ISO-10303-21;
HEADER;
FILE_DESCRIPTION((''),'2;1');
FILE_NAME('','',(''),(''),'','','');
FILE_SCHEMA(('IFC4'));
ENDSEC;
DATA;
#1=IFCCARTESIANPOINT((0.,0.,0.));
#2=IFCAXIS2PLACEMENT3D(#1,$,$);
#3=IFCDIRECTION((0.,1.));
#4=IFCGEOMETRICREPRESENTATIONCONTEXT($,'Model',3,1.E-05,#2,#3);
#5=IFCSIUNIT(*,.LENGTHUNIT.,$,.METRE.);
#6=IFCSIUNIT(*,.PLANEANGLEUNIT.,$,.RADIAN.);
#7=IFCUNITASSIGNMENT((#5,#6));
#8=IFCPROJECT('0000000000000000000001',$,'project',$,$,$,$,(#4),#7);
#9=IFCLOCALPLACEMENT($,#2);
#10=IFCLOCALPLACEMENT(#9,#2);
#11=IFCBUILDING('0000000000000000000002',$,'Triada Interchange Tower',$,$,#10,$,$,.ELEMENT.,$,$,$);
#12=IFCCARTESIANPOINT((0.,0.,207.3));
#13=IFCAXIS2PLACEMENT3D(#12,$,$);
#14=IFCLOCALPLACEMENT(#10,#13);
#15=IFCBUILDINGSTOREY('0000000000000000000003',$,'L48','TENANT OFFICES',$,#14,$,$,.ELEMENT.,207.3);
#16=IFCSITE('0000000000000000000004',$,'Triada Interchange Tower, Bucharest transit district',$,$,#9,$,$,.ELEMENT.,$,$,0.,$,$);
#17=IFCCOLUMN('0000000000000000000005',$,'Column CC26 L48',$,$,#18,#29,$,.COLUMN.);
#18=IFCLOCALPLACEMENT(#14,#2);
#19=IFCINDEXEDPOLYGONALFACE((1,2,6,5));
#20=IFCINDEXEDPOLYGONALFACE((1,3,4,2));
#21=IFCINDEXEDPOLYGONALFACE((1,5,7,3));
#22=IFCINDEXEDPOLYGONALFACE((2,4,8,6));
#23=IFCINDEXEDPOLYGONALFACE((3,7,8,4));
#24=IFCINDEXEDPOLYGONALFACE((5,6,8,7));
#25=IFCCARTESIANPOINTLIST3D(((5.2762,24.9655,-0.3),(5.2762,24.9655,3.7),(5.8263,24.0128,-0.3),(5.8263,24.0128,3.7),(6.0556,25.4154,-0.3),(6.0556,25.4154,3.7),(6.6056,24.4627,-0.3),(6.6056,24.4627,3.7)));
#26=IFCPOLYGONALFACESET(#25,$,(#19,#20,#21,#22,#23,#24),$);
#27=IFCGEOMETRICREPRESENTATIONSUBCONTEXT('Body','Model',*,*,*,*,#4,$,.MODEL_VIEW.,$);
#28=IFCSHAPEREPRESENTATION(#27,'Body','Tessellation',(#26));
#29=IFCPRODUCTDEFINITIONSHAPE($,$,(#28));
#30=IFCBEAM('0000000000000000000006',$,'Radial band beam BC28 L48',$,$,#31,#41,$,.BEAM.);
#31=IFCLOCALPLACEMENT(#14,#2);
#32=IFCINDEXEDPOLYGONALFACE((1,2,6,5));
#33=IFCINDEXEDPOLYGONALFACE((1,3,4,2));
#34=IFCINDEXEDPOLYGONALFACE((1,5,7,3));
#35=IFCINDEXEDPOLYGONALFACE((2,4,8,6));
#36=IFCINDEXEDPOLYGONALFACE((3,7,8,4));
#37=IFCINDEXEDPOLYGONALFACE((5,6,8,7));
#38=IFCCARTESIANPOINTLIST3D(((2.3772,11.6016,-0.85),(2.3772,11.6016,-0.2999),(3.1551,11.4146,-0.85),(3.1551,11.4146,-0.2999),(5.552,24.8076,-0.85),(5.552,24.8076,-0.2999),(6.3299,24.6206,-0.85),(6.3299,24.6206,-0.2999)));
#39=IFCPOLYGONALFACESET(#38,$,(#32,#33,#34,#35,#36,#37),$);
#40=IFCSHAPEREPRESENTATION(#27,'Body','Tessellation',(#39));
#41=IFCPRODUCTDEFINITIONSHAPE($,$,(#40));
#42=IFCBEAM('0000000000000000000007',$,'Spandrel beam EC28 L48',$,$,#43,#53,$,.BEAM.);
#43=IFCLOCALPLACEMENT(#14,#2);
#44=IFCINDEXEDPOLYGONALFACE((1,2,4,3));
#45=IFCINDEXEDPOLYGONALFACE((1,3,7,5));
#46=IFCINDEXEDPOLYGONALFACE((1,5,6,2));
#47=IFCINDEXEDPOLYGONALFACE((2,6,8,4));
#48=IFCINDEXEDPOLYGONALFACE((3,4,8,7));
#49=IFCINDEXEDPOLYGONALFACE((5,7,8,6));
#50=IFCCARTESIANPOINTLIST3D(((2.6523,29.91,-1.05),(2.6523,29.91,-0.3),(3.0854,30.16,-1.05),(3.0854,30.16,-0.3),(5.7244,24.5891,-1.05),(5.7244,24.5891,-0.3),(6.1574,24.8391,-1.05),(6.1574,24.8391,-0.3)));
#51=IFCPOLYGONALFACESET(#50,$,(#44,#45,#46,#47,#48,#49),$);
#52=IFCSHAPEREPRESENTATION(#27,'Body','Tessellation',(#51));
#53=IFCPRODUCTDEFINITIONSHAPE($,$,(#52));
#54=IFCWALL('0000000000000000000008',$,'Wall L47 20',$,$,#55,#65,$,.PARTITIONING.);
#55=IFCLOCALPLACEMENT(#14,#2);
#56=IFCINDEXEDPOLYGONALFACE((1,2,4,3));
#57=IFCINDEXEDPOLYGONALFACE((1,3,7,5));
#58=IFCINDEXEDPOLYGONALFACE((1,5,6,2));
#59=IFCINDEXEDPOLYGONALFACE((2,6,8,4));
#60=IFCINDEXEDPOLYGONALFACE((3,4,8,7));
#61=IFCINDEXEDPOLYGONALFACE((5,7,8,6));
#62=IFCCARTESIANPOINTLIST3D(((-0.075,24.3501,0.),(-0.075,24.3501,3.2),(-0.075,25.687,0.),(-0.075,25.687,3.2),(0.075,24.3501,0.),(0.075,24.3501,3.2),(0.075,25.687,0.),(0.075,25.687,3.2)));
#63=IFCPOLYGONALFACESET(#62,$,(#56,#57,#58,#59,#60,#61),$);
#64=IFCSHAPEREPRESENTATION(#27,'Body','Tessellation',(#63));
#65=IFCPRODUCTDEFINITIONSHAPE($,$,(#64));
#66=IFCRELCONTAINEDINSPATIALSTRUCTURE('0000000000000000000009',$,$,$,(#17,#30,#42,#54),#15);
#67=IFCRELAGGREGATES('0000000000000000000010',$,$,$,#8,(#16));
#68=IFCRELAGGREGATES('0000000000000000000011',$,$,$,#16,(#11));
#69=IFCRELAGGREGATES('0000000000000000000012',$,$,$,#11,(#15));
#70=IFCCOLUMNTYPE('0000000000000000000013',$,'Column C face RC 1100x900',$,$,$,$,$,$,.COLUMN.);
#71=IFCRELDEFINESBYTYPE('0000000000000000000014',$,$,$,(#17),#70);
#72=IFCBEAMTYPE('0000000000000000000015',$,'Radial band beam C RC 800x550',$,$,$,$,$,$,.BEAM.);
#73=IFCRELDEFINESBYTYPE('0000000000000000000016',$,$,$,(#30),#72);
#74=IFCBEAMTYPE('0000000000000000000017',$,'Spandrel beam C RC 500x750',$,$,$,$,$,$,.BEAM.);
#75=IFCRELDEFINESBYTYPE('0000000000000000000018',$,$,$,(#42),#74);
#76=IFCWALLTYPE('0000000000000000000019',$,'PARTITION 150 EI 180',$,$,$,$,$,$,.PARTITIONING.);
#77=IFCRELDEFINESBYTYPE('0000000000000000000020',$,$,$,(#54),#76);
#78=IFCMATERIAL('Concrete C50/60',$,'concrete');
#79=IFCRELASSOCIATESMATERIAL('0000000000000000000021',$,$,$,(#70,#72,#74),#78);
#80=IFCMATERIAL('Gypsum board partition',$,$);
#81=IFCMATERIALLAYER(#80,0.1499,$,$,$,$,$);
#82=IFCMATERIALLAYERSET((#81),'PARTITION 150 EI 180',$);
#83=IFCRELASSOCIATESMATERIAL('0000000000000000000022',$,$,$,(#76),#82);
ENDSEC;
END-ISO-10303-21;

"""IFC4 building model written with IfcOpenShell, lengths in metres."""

from ifc_helpers import new_model, si_unit, direction, frame, frame_2d, origin, origin_2d, place, context, subcontext, project, spatial, rectangle, extrude, material, layer, layer_set, material_profile, profile_set, type_object, element, save


model = new_model("IFC4")

# Units and contexts
model_context = context("Model", 3, precision=1e-05, world=origin(), true_north=direction((0.0, 1.0)))
body_context = subcontext(model_context, "Body", "Model", "MODEL_VIEW")
ifc_project = project(units=[si_unit("LENGTHUNIT", "METRE"), si_unit("PLANEANGLEUNIT", "RADIAN")], contexts=[model_context])

# Site, building, storey
site_placement = place(None, origin())
site = spatial("IfcSite", under=ifc_project, at=site_placement, Name="Triada Interchange Tower, Bucharest transit district", CompositionType="ELEMENT", RefElevation=0.0)
building_placement = place(site_placement, origin())
building = spatial("IfcBuilding", under=site, at=building_placement, Name="Triada Interchange Tower", CompositionType="ELEMENT")
storey_placement = place(building_placement, frame((0.0, 0.0, 207.3)))
storey = spatial("IfcBuildingStorey", under=building, at=storey_placement, Name="L48", Description="TENANT OFFICES", CompositionType="ELEMENT", Elevation=207.3)

# Column
ifc_material_1 = material(Name="Concrete C50/60", Category="concrete")
ifc_material_profile_1 = material_profile(ifc_material_1, rectangle(XDim=1.1001, YDim=0.8999, at=origin_2d()), Name="RC 1100x900")
ifc_profile_set_1 = profile_set([ifc_material_profile_1], Name="Concrete C50/60")
column_type = type_object("IfcColumnType", Name="Column C face RC 1100x900", PredefinedType="COLUMN", material=ifc_profile_set_1)
column_placement = place(storey_placement, frame((5.9409, 24.7141, -0.3), z_axis=(0.0, 0.0, 1.0), x_axis=(-0.5, 0.866025, 0.0)))
element("IfcColumn", 1, at=column_placement, inside=storey, type_object=column_type, Name="Column CC26 L48", PredefinedType="COLUMN", context=body_context, shape_type="SweptSolid", body=[
    extrude(rectangle(XDim=1.1001, YDim=0.8999, at=origin_2d()), origin(), (0.0, 0.0, 1.0), 4.0),
])

# Beams
ifc_material_profile_2 = material_profile(ifc_material_1, rectangle(XDim=0.8, YDim=0.55, at=origin_2d()), Name="RC 800x550")
ifc_profile_set_2 = profile_set([ifc_material_profile_2], Name="Concrete C50/60")
beam_type_1 = type_object("IfcBeamType", Name="Radial band beam C RC 800x550", PredefinedType="BEAM", material=ifc_profile_set_2)
beam_1_placement = place(storey_placement, frame((5.9409, 24.7141, -0.575), z_axis=(-0.233745, -0.972298, 0.0), x_axis=(0.972298, -0.233745, 0.0)))
element("IfcBeam", 2, at=beam_1_placement, inside=storey, type_object=beam_type_1, Name="Radial band beam BC28 L48", PredefinedType="BEAM", context=body_context, shape_type="SweptSolid", body=[
    extrude(rectangle(XDim=0.8, YDim=0.55, at=origin_2d()), origin(), (0.0, 0.0, 1.0), 13.5823),
])
ifc_material_profile_3 = material_profile(ifc_material_1, rectangle(XDim=0.5, YDim=0.75, at=origin_2d()), Name="RC 500x750")
ifc_profile_set_3 = profile_set([ifc_material_profile_3], Name="Concrete C50/60")
beam_type_2 = type_object("IfcBeamType", Name="Spandrel beam C RC 500x750", PredefinedType="BEAM", material=ifc_profile_set_3)
beam_2_placement = place(storey_placement, frame((5.9409, 24.7141, -0.675), z_axis=(-0.500007, 0.866021, 0.0), x_axis=(-0.866021, -0.500007, 0.0)))
element("IfcBeam", 3, at=beam_2_placement, inside=storey, type_object=beam_type_2, Name="Spandrel beam EC28 L48", PredefinedType="BEAM", context=body_context, shape_type="SweptSolid", body=[
    extrude(rectangle(XDim=0.5, YDim=0.75, at=origin_2d()), origin(), (0.0, 0.0, 1.0), 6.144),
])

# Wall
ifc_material_2 = material(Name="Gypsum board partition")
ifc_layer_1 = layer(ifc_material_2, 0.1499)
ifc_layer_set_1 = layer_set([ifc_layer_1], Name="PARTITION 150 EI 180")
wall_type_1 = type_object("IfcWallType", Name="PARTITION 150 EI 180", PredefinedType="PARTITIONING", material=ifc_layer_set_1)
wall_1_placement = place(storey_placement, frame((0.0, 24.3501, 0.0), z_axis=(0.0, 0.0, 1.0), x_axis=(0.0, 1.0, 0.0)))
element("IfcWall", 4, at=wall_1_placement, inside=storey, type_object=wall_type_1, Name="Wall L47 20", PredefinedType="PARTITIONING", context=body_context, shape_type="SweptSolid", body=[
    extrude(rectangle(XDim=1.3369, YDim=0.1499, at=frame_2d((0.6685, 0.0))), origin(), (0.0, 0.0, 1.0), 3.2),
])

save(model, "model.ifc")
